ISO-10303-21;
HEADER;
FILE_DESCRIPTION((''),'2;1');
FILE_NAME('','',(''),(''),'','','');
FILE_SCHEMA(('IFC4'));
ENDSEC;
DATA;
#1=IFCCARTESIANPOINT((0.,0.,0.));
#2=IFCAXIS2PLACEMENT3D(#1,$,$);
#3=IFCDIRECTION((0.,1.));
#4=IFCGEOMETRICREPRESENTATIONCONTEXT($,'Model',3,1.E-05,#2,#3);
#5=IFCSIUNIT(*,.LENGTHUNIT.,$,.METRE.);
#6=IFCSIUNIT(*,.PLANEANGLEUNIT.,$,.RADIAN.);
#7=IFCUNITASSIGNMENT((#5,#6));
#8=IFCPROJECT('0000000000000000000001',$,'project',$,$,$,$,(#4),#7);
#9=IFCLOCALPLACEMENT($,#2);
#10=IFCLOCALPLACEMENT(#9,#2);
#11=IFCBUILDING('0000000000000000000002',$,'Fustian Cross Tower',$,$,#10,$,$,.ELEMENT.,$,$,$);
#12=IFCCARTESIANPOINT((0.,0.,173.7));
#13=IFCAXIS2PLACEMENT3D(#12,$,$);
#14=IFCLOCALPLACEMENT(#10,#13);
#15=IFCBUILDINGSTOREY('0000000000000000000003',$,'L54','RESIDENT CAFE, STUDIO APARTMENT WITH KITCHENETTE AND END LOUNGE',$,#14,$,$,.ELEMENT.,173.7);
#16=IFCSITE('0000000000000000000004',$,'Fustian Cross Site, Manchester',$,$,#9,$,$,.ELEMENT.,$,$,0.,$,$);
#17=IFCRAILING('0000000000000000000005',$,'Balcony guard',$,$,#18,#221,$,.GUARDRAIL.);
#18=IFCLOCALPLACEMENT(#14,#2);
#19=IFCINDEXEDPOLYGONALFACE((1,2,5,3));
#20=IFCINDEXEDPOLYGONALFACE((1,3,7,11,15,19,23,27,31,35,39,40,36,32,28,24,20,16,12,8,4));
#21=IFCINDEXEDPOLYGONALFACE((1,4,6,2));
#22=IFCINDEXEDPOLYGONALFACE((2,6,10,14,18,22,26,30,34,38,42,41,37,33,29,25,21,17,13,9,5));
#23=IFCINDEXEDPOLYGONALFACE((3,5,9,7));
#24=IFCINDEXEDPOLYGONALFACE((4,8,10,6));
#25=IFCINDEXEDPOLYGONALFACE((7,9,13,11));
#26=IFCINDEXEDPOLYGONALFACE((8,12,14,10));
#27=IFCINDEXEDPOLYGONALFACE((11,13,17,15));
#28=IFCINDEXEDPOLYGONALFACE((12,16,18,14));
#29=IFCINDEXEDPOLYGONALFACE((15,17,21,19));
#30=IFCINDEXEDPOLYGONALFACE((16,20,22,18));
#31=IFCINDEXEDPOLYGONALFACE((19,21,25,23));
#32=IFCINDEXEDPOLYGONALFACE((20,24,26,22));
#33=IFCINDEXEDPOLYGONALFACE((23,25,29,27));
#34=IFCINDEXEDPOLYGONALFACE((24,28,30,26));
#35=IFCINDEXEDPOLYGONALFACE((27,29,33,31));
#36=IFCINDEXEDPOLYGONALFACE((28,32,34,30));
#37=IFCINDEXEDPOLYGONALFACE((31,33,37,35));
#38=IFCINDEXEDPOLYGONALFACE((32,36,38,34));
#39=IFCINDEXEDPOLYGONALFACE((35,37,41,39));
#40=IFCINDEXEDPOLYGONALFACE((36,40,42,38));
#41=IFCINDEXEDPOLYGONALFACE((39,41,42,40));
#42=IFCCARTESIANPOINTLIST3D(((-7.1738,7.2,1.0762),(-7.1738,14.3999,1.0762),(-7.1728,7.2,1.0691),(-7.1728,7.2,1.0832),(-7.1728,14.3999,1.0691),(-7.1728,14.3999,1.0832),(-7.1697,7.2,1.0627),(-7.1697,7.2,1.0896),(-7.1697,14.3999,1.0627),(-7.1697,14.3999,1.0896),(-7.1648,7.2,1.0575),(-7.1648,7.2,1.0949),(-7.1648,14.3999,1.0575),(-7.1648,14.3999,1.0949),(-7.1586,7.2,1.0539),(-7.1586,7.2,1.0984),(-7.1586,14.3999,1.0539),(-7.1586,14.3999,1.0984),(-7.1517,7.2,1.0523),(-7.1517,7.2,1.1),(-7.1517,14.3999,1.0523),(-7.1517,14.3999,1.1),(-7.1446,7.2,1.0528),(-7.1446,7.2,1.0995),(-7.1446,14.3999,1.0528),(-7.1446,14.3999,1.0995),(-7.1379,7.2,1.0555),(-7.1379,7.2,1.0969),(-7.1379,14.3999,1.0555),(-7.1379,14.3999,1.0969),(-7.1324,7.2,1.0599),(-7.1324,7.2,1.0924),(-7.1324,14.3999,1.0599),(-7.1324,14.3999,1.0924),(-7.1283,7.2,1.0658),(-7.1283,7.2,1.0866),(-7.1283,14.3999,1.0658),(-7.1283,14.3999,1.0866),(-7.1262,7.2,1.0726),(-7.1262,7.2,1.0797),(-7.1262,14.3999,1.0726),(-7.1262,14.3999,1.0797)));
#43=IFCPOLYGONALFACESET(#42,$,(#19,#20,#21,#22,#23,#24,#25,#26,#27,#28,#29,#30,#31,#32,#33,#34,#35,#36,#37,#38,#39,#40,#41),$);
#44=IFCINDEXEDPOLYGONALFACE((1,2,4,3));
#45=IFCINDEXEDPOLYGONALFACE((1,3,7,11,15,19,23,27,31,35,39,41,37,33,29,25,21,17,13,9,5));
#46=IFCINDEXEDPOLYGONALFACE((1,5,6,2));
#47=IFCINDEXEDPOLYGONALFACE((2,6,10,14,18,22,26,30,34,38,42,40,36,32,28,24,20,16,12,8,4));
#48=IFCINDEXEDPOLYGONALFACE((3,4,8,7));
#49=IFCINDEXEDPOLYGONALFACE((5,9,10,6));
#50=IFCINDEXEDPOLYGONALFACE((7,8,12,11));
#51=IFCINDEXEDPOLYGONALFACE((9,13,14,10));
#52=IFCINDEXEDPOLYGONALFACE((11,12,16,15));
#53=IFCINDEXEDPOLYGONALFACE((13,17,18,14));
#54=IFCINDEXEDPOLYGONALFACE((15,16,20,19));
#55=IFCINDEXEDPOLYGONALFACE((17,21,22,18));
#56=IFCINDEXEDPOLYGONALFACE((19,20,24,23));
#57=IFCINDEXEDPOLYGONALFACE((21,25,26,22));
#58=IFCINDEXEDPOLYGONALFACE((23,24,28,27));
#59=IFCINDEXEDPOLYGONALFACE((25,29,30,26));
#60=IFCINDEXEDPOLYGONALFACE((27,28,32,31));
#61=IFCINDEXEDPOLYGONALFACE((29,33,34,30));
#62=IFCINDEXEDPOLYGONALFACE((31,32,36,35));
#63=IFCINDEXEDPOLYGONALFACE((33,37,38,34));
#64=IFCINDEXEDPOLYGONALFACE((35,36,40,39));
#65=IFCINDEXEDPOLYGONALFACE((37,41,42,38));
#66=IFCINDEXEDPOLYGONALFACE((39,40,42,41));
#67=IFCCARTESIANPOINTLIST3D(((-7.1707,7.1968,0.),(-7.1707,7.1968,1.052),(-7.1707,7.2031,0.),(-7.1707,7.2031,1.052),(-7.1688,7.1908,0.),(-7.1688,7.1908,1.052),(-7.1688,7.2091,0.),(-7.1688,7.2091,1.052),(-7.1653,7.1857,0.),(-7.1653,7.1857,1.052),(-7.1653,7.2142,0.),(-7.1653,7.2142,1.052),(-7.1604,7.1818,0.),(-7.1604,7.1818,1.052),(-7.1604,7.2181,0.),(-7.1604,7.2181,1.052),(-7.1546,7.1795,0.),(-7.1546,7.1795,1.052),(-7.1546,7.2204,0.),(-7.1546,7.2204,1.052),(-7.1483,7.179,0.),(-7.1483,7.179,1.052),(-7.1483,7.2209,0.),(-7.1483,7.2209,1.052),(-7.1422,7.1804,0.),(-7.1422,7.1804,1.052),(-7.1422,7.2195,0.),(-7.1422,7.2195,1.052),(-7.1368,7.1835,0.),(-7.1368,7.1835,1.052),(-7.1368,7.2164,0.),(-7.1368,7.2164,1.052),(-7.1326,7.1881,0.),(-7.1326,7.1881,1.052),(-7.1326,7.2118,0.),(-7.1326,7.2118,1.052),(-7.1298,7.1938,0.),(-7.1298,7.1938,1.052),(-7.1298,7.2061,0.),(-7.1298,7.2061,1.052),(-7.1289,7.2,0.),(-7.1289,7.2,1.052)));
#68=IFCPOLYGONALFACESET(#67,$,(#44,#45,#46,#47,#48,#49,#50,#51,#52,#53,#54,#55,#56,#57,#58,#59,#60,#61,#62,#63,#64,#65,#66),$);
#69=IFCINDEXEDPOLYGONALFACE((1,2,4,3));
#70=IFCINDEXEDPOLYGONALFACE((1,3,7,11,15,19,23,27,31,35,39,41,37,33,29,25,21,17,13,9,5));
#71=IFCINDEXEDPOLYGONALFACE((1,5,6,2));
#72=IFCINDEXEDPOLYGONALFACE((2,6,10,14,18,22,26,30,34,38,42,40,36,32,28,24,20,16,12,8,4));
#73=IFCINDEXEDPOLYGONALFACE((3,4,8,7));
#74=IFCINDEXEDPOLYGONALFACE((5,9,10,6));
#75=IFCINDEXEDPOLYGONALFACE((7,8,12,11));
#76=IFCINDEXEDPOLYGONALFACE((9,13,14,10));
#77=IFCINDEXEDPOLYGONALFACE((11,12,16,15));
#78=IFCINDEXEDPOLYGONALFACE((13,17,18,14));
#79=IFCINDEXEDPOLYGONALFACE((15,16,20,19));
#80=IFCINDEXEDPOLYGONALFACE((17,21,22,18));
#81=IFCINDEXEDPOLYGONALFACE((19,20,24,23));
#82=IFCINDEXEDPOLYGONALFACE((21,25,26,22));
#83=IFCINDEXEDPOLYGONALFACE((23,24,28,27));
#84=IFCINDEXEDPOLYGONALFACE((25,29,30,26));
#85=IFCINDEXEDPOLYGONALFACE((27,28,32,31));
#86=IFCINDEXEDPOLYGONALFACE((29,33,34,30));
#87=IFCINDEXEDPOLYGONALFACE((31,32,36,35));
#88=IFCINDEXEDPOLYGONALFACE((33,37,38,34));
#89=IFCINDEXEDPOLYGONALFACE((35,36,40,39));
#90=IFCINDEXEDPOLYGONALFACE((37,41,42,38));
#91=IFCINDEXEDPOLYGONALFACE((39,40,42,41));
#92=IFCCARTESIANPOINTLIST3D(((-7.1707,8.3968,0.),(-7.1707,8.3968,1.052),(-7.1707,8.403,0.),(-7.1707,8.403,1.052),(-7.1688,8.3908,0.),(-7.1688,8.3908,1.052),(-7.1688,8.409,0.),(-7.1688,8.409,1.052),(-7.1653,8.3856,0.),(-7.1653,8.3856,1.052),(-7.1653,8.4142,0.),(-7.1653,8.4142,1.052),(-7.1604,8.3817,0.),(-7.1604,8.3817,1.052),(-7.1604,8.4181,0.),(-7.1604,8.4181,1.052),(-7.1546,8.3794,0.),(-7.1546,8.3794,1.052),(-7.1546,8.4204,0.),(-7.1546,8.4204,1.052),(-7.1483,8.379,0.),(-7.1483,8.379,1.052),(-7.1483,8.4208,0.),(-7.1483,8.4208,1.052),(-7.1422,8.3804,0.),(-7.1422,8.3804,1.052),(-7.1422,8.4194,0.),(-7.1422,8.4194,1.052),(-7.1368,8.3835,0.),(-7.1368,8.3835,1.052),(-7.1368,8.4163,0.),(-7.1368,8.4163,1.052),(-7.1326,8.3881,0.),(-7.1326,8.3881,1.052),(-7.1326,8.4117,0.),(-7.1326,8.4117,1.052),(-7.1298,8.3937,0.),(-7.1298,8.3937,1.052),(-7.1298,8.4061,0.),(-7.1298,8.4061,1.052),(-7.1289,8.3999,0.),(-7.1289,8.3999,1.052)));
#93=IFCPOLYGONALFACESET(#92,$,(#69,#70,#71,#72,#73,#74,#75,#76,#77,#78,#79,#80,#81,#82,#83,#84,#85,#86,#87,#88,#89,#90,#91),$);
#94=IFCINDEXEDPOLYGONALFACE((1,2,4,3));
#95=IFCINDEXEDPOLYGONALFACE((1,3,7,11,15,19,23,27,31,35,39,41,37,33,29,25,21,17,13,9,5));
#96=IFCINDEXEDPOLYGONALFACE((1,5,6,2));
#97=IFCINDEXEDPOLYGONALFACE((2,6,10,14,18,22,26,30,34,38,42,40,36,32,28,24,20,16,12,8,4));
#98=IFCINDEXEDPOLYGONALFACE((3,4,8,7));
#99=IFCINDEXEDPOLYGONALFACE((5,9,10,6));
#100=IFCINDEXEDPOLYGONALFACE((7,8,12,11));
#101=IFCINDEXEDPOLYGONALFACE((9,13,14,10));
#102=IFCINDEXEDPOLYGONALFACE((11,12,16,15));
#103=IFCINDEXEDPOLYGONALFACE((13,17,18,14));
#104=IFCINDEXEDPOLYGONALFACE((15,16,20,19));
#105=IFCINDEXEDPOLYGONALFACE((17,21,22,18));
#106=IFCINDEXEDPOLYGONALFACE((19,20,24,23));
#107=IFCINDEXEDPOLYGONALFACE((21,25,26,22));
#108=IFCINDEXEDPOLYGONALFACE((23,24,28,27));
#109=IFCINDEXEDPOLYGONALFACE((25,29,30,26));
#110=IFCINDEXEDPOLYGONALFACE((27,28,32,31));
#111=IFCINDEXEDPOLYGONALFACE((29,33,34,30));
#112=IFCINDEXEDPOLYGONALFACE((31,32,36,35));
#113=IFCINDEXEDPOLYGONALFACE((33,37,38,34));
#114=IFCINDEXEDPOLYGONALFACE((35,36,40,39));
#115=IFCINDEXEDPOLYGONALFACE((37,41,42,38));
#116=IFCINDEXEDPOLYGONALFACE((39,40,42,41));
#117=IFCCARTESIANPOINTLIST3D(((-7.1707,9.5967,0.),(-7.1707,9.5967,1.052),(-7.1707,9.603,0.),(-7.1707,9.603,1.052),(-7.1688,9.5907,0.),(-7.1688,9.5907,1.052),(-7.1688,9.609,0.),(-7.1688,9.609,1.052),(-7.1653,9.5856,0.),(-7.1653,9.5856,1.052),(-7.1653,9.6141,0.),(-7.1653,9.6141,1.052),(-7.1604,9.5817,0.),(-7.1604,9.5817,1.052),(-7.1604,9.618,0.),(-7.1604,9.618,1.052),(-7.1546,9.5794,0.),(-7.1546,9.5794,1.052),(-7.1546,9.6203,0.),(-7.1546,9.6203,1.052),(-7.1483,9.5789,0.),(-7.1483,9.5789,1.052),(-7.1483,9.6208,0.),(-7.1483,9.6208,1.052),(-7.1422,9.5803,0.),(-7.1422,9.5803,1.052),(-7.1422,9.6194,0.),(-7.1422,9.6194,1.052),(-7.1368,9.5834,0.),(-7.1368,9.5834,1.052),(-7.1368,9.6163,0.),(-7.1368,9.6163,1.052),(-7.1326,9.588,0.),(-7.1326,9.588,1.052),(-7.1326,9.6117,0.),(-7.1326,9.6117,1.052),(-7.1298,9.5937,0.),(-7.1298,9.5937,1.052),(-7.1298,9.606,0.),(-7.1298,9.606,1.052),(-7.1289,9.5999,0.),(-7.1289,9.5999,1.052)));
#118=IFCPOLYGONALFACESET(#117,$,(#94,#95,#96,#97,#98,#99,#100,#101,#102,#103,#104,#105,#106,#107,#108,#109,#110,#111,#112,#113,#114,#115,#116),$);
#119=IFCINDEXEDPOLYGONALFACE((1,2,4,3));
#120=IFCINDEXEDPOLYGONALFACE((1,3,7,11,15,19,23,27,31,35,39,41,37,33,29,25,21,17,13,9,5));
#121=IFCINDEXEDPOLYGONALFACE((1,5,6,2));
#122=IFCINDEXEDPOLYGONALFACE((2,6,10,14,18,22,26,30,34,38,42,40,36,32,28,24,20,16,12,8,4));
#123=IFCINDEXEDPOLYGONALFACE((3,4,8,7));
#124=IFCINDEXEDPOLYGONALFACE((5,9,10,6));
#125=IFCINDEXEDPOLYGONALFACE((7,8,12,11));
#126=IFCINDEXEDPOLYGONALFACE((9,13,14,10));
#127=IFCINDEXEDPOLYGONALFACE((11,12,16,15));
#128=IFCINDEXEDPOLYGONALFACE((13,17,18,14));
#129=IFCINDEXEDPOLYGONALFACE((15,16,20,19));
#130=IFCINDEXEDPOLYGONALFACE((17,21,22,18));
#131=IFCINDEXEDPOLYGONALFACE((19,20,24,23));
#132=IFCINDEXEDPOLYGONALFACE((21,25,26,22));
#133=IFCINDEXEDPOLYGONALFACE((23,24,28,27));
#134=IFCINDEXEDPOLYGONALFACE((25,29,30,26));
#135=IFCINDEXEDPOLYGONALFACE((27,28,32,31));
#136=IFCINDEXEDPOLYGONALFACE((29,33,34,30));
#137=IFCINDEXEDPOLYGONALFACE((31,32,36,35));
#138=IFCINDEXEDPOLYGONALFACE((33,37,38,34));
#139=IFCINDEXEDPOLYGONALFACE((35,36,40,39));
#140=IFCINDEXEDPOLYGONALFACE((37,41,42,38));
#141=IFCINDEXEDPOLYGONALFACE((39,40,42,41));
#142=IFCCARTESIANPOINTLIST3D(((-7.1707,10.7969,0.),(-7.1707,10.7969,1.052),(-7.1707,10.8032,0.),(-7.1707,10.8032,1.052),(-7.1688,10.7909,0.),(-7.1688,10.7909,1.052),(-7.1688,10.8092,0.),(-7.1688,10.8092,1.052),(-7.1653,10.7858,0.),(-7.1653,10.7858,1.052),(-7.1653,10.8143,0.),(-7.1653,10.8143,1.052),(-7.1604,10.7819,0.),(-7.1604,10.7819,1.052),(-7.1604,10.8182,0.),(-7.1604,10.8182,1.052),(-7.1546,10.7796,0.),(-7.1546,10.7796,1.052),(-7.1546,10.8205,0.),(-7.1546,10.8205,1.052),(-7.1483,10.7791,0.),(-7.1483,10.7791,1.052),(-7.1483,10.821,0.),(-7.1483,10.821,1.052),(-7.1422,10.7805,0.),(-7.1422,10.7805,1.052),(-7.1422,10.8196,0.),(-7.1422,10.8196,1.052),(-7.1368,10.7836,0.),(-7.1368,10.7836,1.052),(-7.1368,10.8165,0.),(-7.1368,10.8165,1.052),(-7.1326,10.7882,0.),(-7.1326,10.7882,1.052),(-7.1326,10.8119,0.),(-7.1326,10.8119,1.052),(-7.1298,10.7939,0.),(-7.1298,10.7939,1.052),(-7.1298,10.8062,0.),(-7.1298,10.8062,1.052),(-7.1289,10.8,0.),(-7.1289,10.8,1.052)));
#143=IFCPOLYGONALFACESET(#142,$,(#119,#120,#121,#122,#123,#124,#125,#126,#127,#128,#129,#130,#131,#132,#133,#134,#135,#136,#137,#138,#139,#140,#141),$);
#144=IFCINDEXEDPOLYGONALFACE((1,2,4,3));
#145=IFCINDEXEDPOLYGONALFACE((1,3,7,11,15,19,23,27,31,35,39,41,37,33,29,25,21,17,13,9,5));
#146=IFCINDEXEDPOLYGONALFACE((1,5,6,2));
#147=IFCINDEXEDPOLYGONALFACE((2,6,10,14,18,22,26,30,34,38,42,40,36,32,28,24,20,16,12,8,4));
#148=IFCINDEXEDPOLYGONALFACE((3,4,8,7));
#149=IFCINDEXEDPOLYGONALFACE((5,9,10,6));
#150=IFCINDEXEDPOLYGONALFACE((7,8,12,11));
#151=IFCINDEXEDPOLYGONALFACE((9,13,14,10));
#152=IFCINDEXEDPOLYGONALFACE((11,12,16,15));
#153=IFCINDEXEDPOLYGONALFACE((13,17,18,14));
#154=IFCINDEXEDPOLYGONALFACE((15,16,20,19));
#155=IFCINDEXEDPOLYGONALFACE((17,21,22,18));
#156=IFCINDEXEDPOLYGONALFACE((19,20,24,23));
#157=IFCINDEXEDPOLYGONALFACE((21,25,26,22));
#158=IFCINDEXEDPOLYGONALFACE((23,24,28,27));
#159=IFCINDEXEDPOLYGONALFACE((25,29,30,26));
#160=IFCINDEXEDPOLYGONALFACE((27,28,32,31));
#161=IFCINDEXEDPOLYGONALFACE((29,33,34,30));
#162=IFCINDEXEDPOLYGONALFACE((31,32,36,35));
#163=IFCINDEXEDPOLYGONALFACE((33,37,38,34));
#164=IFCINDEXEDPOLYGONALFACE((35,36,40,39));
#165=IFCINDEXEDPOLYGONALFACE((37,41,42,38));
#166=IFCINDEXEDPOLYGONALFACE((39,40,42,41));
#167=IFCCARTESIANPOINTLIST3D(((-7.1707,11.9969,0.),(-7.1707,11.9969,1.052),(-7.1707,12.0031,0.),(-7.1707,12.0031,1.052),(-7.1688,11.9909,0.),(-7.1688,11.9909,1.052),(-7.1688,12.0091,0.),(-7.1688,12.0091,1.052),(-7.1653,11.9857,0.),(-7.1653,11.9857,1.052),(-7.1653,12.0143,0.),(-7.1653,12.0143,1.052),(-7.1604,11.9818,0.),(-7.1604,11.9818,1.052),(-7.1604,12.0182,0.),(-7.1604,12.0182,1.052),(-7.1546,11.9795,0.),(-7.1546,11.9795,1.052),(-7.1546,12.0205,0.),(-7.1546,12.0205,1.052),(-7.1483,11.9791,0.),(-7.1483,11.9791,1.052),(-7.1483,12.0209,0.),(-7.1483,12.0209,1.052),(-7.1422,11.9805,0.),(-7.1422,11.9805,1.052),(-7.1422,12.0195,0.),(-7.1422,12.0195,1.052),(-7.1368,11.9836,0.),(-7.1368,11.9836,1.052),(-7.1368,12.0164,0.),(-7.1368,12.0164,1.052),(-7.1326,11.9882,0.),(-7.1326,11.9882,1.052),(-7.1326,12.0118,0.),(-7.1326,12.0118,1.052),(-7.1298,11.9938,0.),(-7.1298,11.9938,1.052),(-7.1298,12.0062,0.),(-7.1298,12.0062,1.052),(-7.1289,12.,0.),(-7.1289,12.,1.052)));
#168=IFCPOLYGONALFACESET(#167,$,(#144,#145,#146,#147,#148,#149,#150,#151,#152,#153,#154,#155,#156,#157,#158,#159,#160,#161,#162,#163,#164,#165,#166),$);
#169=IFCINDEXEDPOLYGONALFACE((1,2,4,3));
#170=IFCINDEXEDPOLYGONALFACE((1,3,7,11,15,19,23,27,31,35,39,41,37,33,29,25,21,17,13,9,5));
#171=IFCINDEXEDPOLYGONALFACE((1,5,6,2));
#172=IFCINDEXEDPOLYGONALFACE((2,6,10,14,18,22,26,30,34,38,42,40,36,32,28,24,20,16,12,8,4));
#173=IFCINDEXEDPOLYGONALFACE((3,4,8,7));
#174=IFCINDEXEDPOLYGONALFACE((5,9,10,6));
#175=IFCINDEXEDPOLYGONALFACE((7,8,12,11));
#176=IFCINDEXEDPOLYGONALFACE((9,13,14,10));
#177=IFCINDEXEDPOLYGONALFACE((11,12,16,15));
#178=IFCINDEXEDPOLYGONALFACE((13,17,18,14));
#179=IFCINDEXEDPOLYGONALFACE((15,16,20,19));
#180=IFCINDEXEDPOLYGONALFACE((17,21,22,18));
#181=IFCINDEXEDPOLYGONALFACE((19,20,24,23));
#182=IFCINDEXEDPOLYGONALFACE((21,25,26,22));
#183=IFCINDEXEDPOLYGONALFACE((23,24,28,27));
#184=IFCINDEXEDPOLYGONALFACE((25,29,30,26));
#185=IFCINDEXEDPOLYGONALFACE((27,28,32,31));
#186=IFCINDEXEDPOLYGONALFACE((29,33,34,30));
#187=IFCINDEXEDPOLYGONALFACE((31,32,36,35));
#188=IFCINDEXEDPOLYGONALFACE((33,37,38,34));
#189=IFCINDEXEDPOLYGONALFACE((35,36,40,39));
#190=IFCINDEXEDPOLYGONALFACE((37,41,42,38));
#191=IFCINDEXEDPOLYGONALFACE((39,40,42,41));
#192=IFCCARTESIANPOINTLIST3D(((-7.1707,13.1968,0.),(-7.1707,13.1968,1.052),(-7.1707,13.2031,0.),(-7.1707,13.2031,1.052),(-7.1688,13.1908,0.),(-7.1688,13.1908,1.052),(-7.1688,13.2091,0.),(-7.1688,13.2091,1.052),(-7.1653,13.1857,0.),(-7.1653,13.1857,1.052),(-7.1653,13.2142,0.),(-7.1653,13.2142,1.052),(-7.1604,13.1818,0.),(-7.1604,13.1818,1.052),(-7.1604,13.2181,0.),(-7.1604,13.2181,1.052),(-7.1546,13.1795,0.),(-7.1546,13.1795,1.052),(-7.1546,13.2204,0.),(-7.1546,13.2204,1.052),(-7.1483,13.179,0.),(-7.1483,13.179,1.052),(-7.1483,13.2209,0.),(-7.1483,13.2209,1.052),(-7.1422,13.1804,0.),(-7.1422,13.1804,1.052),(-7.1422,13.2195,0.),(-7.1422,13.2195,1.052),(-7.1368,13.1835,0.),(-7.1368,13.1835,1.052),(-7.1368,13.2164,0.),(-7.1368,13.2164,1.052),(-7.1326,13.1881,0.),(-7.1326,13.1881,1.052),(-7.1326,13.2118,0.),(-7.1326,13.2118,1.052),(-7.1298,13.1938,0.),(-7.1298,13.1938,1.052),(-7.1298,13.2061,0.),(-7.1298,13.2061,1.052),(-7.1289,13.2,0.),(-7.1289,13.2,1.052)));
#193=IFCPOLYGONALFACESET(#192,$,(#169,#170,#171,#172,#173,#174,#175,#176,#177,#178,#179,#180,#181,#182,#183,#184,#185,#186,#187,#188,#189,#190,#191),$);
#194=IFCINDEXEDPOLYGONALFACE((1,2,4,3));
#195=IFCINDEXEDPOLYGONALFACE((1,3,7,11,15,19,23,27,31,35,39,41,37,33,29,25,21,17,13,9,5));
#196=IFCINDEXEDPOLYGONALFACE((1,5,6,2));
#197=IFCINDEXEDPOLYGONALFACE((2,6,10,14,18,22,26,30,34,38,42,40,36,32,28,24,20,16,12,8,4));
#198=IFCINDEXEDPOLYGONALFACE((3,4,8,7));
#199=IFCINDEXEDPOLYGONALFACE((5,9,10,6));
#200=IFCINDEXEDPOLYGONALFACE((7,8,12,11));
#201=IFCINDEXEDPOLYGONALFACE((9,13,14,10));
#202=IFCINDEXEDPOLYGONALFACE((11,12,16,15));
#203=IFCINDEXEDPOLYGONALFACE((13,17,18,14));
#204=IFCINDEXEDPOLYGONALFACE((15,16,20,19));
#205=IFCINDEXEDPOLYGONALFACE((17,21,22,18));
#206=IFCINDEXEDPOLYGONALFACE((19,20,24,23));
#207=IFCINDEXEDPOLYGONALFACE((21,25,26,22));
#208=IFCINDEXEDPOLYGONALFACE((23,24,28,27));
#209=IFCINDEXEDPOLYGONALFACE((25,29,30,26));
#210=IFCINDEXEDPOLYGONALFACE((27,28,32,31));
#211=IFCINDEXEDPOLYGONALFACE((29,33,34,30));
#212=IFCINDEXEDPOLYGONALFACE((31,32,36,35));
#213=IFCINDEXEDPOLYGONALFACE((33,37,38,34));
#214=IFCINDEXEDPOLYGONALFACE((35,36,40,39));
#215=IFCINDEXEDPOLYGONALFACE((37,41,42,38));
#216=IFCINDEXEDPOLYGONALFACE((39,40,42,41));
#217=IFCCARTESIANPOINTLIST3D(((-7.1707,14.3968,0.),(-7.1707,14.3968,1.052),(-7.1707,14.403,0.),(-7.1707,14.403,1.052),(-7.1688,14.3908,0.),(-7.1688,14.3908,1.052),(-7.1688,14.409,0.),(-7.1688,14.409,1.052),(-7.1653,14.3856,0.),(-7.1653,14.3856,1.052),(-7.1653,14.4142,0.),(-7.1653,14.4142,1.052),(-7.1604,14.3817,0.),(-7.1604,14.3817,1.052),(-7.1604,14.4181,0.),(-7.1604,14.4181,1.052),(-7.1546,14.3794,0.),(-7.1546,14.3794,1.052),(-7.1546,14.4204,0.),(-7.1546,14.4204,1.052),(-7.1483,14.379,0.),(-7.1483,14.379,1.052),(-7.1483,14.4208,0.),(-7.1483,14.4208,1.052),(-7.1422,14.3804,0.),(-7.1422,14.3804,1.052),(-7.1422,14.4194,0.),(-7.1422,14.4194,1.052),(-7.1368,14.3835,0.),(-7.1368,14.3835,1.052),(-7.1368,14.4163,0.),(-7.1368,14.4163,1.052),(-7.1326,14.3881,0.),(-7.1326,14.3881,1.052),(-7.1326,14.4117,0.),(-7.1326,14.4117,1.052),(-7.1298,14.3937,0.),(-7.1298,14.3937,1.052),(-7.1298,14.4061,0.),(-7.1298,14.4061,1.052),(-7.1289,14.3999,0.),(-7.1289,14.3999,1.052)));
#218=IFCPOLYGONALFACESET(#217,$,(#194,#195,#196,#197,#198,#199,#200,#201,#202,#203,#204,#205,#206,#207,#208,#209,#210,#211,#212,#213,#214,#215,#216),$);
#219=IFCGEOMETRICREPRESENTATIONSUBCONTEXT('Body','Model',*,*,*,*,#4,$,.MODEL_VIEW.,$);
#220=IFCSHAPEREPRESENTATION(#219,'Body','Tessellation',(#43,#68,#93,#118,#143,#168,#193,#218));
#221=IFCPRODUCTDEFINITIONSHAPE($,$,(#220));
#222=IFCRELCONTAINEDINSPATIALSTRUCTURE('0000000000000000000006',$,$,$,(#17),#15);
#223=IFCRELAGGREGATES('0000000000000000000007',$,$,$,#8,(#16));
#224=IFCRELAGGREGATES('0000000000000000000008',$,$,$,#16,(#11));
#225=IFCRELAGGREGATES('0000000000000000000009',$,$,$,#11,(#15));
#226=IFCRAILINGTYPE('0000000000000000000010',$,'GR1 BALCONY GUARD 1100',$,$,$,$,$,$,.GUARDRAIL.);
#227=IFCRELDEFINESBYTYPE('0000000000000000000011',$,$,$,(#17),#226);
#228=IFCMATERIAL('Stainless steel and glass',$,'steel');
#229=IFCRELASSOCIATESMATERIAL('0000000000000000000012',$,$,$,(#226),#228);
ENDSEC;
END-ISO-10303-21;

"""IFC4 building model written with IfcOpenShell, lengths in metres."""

from ifc_helpers import new_model, si_unit, direction, frame, origin, origin_2d, place, context, subcontext, project, spatial, circle, extrude, material, type_object, element, save


model = new_model("IFC4")

# Units and contexts
model_context = context("Model", 3, precision=1e-05, world=origin(), true_north=direction((0.0, 1.0)))
body_context = subcontext(model_context, "Body", "Model", "MODEL_VIEW")
ifc_project = project(units=[si_unit("LENGTHUNIT", "METRE"), si_unit("PLANEANGLEUNIT", "RADIAN")], contexts=[model_context])

# Site, building, storey
site_placement = place(None, origin())
site = spatial("IfcSite", under=ifc_project, at=site_placement, Name="Fustian Cross Site, Manchester", CompositionType="ELEMENT", RefElevation=0.0)
building_placement = place(site_placement, origin())
building = spatial("IfcBuilding", under=site, at=building_placement, Name="Fustian Cross Tower", CompositionType="ELEMENT")
storey_placement = place(building_placement, frame((0.0, 0.0, 173.7)))
storey = spatial("IfcBuildingStorey", under=building, at=storey_placement, Name="L54", Description="RESIDENT CAFE, STUDIO APARTMENT WITH KITCHENETTE AND END LOUNGE", CompositionType="ELEMENT", Elevation=173.7)

# Railing
ifc_material_1 = material(Name="Stainless steel and glass", Category="steel")
railing_type = type_object("IfcRailingType", Name="GR1 BALCONY GUARD 1100", PredefinedType="GUARDRAIL", material=ifc_material_1)
railing_placement = place(storey_placement, frame((-7.1499, 7.2, 0.0)))
element("IfcRailing", 1, at=railing_placement, inside=storey, type_object=railing_type, Name="Balcony guard", PredefinedType="GUARDRAIL", context=body_context, shape_type="SweptSolid", body=[
    extrude(circle(Radius=0.0239, at=origin_2d()), frame((0.0, 0.0, 1.0762), z_axis=(0.0, 1.0, 0.0), x_axis=(-1.0, 0.0, 0.0)), (0.0, 0.0, 1.0), 7.2),
    extrude(circle(Radius=0.021, at=origin_2d()), origin(), (0.0, 0.0, 1.0), 1.052),
    extrude(circle(Radius=0.021, at=origin_2d()), frame((0.0, 1.2, 0.0)), (0.0, 0.0, 1.0), 1.052),
    extrude(circle(Radius=0.021, at=origin_2d()), frame((0.0, 2.3999, 0.0)), (0.0, 0.0, 1.0), 1.052),
    extrude(circle(Radius=0.021, at=origin_2d()), frame((0.0, 3.6001, 0.0)), (0.0, 0.0, 1.0), 1.052),
    extrude(circle(Radius=0.021, at=origin_2d()), frame((0.0, 4.8, 0.0)), (0.0, 0.0, 1.0), 1.052),
    extrude(circle(Radius=0.021, at=origin_2d()), frame((0.0, 6.0, 0.0)), (0.0, 0.0, 1.0), 1.052),
    extrude(circle(Radius=0.021, at=origin_2d()), frame((0.0, 7.2, 0.0)), (0.0, 0.0, 1.0), 1.052),
])

save(model, "model.ifc")
